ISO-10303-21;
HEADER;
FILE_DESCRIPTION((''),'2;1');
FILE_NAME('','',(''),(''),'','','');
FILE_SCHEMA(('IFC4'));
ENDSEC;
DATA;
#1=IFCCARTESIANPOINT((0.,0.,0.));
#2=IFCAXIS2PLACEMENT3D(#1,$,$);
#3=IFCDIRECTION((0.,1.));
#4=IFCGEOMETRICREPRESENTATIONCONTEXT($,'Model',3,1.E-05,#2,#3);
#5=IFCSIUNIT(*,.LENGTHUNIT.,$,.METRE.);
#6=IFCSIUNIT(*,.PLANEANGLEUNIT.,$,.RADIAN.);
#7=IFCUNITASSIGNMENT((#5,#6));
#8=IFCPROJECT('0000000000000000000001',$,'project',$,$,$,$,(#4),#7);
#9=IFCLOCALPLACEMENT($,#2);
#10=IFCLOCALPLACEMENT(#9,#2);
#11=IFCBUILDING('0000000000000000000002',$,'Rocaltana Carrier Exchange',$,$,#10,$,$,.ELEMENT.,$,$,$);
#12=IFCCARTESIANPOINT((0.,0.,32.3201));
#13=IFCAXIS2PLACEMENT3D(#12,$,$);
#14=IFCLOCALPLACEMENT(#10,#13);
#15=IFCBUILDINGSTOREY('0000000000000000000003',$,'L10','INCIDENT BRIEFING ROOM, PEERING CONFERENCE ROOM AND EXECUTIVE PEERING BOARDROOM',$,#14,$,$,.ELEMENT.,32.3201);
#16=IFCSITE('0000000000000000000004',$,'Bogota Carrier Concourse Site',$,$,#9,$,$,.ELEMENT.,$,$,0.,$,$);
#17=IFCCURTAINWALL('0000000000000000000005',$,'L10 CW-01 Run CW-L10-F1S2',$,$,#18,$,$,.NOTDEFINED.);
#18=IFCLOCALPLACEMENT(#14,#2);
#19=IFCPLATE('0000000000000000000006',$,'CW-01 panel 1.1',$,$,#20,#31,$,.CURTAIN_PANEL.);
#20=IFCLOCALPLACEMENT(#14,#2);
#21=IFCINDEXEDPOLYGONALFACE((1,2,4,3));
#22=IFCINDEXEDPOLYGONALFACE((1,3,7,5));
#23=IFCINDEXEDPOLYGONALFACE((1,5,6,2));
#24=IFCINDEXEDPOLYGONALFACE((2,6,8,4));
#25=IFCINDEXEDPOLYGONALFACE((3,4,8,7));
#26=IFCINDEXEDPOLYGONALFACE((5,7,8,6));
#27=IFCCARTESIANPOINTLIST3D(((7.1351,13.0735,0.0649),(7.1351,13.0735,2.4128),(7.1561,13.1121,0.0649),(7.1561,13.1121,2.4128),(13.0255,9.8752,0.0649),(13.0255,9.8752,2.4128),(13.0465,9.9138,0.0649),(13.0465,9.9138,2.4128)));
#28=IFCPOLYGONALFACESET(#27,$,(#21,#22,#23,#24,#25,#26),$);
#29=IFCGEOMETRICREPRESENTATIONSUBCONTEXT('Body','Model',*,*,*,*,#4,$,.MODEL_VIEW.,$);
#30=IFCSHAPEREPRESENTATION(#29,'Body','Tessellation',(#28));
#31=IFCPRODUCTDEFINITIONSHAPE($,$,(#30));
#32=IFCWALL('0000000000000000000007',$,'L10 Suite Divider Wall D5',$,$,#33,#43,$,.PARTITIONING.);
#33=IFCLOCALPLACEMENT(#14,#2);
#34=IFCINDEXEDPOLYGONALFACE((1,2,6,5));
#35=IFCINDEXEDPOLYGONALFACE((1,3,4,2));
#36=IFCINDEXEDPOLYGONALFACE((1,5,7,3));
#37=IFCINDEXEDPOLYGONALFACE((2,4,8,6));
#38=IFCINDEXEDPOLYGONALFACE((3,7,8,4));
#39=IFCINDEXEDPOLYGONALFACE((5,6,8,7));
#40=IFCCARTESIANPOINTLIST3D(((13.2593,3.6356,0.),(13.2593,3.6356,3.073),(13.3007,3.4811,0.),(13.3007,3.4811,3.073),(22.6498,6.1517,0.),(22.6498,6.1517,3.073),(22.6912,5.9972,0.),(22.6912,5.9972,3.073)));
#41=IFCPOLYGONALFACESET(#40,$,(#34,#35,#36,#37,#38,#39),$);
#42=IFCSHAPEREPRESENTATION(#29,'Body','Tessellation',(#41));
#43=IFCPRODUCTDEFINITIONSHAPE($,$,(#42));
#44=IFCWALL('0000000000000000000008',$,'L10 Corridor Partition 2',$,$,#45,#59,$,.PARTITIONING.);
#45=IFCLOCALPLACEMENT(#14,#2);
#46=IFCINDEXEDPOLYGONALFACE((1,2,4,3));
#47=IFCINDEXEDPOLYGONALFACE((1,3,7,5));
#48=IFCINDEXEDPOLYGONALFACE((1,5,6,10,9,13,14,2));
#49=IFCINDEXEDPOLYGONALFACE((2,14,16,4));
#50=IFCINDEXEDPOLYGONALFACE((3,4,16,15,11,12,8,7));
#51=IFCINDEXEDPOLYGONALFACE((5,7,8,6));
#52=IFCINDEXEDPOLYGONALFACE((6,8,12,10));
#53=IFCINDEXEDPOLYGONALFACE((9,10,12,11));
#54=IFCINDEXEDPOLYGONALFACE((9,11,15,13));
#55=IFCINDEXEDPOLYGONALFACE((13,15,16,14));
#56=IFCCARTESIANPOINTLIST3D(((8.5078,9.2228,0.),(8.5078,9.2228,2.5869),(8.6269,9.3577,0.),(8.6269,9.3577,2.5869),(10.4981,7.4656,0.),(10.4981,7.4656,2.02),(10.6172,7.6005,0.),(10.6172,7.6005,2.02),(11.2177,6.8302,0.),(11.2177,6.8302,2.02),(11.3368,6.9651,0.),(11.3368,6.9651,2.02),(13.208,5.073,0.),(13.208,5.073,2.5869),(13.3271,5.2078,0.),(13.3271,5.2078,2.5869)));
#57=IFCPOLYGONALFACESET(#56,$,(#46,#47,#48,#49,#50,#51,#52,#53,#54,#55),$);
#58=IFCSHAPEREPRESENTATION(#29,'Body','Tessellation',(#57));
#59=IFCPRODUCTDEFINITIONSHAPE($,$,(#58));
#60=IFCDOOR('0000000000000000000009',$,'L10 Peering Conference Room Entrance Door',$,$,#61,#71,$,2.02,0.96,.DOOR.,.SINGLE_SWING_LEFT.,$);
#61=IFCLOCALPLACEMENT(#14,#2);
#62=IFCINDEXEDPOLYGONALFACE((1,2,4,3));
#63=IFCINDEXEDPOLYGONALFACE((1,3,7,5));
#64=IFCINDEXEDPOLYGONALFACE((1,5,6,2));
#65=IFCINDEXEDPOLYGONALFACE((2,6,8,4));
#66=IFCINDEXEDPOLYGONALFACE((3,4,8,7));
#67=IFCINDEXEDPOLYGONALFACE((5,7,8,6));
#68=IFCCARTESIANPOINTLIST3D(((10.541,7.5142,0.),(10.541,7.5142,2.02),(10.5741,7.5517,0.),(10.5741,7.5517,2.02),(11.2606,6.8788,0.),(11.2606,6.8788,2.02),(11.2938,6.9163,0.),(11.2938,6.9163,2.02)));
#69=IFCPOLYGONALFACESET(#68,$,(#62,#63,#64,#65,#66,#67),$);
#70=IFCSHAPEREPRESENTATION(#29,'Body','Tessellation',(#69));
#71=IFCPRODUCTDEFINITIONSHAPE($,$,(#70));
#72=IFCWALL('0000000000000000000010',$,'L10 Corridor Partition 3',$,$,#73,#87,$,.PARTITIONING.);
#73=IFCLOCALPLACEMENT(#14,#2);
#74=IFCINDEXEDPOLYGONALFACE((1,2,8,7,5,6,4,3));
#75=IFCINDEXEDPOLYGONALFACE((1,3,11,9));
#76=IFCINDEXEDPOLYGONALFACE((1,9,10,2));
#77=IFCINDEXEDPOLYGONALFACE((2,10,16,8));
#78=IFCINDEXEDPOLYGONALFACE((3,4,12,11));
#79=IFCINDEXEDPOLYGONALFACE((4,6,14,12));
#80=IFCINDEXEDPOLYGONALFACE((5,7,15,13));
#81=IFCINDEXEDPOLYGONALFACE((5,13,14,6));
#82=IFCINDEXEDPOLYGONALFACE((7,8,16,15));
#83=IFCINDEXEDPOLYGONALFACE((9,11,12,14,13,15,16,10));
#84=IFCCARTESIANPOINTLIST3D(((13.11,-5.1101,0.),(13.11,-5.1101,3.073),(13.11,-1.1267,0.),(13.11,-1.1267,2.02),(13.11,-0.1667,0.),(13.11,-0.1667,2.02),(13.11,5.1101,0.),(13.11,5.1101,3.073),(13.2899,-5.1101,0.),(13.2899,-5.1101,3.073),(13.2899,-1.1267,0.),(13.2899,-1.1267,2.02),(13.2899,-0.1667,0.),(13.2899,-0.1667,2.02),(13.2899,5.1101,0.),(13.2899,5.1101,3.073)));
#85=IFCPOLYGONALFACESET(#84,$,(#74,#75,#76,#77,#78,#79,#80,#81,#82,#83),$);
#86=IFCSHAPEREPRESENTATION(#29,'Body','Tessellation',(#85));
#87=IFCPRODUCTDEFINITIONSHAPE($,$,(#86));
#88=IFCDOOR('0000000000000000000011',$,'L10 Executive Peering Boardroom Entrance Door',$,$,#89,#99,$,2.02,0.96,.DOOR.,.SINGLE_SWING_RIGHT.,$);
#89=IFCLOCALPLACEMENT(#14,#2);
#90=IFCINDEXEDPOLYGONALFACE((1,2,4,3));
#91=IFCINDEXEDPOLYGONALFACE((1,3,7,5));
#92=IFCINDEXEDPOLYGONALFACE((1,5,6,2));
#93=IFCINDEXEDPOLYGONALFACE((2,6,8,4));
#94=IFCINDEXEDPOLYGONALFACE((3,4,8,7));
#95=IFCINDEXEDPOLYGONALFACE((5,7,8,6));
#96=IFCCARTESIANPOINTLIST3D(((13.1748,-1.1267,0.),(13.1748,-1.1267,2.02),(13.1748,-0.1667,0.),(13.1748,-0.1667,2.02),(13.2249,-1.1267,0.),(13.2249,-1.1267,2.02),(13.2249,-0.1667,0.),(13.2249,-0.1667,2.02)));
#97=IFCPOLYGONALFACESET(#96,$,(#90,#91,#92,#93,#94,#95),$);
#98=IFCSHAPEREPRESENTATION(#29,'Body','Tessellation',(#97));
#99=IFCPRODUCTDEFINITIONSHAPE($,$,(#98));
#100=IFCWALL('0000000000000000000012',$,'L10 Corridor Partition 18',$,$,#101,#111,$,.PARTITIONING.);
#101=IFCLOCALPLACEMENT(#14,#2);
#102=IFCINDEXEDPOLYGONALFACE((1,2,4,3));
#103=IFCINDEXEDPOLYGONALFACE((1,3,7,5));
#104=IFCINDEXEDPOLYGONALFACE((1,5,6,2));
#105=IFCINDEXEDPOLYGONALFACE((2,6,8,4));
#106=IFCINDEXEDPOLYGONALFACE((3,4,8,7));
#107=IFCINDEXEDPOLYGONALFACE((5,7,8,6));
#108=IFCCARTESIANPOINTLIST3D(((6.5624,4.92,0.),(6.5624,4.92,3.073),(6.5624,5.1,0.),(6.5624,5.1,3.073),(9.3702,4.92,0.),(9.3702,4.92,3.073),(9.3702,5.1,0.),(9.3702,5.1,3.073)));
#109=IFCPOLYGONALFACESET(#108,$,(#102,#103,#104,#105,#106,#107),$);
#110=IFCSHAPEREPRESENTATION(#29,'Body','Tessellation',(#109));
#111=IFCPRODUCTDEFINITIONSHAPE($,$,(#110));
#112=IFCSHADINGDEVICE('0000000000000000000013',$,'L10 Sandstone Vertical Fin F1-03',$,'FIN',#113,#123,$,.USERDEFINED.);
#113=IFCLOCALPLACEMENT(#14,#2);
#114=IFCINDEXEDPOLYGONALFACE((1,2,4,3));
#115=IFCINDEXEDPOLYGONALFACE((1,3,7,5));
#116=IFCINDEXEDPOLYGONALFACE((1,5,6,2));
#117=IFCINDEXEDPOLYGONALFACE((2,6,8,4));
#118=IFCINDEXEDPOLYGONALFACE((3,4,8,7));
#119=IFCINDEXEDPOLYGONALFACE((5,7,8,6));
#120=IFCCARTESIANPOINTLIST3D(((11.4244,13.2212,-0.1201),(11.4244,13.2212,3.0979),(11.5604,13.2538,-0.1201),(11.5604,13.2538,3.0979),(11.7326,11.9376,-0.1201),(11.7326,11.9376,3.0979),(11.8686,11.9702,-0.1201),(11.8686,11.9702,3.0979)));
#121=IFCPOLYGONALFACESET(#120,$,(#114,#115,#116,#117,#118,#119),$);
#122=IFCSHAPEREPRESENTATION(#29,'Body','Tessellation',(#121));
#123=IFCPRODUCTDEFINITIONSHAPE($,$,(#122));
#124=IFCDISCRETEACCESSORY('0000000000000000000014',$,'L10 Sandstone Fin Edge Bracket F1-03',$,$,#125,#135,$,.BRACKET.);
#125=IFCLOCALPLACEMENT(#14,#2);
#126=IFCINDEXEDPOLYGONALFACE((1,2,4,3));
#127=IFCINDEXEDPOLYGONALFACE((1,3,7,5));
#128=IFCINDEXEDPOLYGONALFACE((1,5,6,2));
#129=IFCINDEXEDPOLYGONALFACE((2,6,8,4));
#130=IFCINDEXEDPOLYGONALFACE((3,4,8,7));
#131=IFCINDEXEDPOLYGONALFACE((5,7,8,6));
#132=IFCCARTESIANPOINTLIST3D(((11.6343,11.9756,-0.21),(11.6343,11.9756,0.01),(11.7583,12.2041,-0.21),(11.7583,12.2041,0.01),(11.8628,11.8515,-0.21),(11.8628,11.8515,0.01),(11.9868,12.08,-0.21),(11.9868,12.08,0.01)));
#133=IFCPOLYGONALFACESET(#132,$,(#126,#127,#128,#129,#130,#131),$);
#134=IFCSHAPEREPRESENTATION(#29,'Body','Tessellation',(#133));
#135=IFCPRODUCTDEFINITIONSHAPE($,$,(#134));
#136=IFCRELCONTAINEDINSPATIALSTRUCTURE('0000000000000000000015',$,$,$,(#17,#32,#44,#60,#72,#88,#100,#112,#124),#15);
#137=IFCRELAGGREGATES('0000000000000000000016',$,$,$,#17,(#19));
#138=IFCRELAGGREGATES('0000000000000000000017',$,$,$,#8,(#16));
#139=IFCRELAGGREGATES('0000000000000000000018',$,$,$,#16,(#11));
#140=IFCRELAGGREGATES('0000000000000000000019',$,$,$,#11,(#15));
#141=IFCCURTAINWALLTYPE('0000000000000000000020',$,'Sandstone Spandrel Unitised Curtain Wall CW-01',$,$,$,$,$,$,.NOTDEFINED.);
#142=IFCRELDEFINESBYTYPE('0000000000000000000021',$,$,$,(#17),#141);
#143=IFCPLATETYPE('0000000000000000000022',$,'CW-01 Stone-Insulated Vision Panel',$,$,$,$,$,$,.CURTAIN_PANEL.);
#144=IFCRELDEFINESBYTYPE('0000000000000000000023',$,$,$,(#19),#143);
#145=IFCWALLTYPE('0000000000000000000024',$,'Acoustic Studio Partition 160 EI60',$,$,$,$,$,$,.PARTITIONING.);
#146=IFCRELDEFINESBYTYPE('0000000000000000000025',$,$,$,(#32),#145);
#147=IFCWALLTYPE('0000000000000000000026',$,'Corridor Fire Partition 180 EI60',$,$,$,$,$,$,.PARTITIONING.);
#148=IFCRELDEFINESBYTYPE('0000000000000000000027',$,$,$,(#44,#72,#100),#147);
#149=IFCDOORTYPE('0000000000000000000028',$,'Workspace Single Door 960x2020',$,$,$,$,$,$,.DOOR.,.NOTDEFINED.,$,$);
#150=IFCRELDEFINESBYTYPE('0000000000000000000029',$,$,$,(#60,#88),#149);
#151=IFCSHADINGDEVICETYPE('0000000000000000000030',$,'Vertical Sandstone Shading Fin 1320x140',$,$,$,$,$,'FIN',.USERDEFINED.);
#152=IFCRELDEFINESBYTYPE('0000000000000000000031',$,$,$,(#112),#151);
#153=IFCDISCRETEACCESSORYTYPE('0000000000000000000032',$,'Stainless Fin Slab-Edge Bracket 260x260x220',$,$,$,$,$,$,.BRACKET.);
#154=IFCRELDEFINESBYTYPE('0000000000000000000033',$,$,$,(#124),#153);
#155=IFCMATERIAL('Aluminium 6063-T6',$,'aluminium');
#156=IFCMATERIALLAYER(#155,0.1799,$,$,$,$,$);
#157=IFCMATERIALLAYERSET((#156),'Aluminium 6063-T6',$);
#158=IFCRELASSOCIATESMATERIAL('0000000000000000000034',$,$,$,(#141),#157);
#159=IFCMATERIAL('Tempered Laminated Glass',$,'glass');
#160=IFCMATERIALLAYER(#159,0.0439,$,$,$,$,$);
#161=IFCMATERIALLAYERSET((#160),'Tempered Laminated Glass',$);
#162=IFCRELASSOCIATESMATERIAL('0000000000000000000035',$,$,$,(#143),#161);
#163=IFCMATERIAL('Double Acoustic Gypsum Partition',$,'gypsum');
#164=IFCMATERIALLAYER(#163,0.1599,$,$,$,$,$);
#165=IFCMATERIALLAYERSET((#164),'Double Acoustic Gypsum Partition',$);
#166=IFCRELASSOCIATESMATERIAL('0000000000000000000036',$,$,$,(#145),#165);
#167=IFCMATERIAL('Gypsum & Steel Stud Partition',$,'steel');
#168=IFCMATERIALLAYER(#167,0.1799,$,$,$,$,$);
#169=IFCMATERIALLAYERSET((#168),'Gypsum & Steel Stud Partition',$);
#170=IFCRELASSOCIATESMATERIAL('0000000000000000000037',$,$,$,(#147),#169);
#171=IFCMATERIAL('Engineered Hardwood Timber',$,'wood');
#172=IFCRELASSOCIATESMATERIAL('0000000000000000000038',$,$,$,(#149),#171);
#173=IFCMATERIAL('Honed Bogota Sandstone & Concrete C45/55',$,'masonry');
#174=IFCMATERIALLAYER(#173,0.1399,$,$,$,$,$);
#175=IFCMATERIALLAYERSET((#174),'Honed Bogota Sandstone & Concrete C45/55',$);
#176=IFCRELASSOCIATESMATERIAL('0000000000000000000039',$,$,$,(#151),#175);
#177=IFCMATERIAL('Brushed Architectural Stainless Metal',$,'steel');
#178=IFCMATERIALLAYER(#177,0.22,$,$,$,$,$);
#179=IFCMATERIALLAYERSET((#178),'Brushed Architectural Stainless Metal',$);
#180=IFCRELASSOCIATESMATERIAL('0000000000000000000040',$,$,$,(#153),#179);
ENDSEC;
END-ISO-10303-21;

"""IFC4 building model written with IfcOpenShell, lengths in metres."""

from ifc_helpers import new_model, si_unit, direction, frame, frame_2d, origin, origin_2d, place, context, subcontext, project, spatial, rectangle, extrude, material, layer, layer_set, type_object, element, fill, aggregate, save


model = new_model("IFC4")

# Units and contexts
model_context = context("Model", 3, precision=1e-05, world=origin(), true_north=direction((0.0, 1.0)))
body_context = subcontext(model_context, "Body", "Model", "MODEL_VIEW")
ifc_project = project(units=[si_unit("LENGTHUNIT", "METRE"), si_unit("PLANEANGLEUNIT", "RADIAN")], contexts=[model_context])

# Site, building, storey
site_placement = place(None, origin())
site = spatial("IfcSite", under=ifc_project, at=site_placement, Name="Bogota Carrier Concourse Site", CompositionType="ELEMENT", RefElevation=0.0)
building_placement = place(site_placement, origin())
building = spatial("IfcBuilding", under=site, at=building_placement, Name="Rocaltana Carrier Exchange", CompositionType="ELEMENT")
storey_placement = place(building_placement, frame((0.0, 0.0, 32.3201)))
storey = spatial("IfcBuildingStorey", under=building, at=storey_placement, Name="L10", Description="INCIDENT BRIEFING ROOM, PEERING CONFERENCE ROOM AND EXECUTIVE PEERING BOARDROOM", CompositionType="ELEMENT", Elevation=32.3201)

# Curtain wall
ifc_material_1 = material(Name="Aluminium 6063-T6", Category="aluminium")
ifc_layer_1 = layer(ifc_material_1, 0.1799)
ifc_layer_set_1 = layer_set([ifc_layer_1], Name="Aluminium 6063-T6")
curtain_wall_type = type_object("IfcCurtainWallType", Name="Sandstone Spandrel Unitised Curtain Wall CW-01", PredefinedType="NOTDEFINED", material=ifc_layer_set_1)
curtain_wall_placement = place(storey_placement, origin())
curtain_wall = element("IfcCurtainWall", 1, at=curtain_wall_placement, inside=storey, type_object=curtain_wall_type, Name="L10 CW-01 Run CW-L10-F1S2", PredefinedType="NOTDEFINED")

# Plate
ifc_material_2 = material(Name="Tempered Laminated Glass", Category="glass")
ifc_layer_2 = layer(ifc_material_2, 0.0439)
ifc_layer_set_2 = layer_set([ifc_layer_2], Name="Tempered Laminated Glass")
plate_type = type_object("IfcPlateType", Name="CW-01 Stone-Insulated Vision Panel", PredefinedType="CURTAIN_PANEL", material=ifc_layer_set_2)
plate_placement = place(storey_placement, frame((10.0908, 11.4937, 0.0649), z_axis=(0.0, 0.0, 1.0), x_axis=(-0.878814, 0.477164, 0.0)))
plate = element("IfcPlate", 2, at=plate_placement, type_object=plate_type, Name="CW-01 panel 1.1", PredefinedType="CURTAIN_PANEL", context=body_context, shape_type="SweptSolid", body=[
    extrude(rectangle(XDim=6.7026, YDim=0.0439, at=origin_2d()), origin(), (0.0, 0.0, 1.0), 2.3479),
])
aggregate(curtain_wall, [plate])

# Wall
ifc_material_3 = material(Name="Double Acoustic Gypsum Partition", Category="gypsum")
ifc_layer_3 = layer(ifc_material_3, 0.1599)
ifc_layer_set_3 = layer_set([ifc_layer_3], Name="Double Acoustic Gypsum Partition")
wall_type_1 = type_object("IfcWallType", Name="Acoustic Studio Partition 160 EI60", PredefinedType="PARTITIONING", material=ifc_layer_set_3)
wall_1_placement = place(storey_placement, frame((13.28, 3.5583, 0.0), z_axis=(0.0, 0.0, 1.0), x_axis=(0.965927, 0.258816, 0.0)))
element("IfcWall", 3, at=wall_1_placement, inside=storey, type_object=wall_type_1, Name="L10 Suite Divider Wall D5", PredefinedType="PARTITIONING", context=body_context, shape_type="SweptSolid", body=[
    extrude(rectangle(XDim=9.7217, YDim=0.1599, at=frame_2d((4.8608, 0.0))), origin(), (0.0, 0.0, 1.0), 3.073),
])

# Walls, openings, doors
ifc_material_4 = material(Name="Gypsum & Steel Stud Partition", Category="steel")
ifc_layer_4 = layer(ifc_material_4, 0.1799)
ifc_layer_set_4 = layer_set([ifc_layer_4], Name="Gypsum & Steel Stud Partition")
wall_type_2 = type_object("IfcWallType", Name="Corridor Fire Partition 180 EI60", PredefinedType="PARTITIONING", material=ifc_layer_set_4)
wall_2_placement = place(storey_placement, frame((8.5674, 9.2903, 0.0), z_axis=(0.0, 0.0, 1.0), x_axis=(0.749626, -0.661861, 0.0)))
wall_2 = element("IfcWall", 4, at=wall_2_placement, inside=storey, type_object=wall_type_2, Name="L10 Corridor Partition 2", PredefinedType="PARTITIONING", context=body_context, shape_type="SweptSolid", body=[
    extrude(rectangle(XDim=6.27, YDim=0.1799, at=frame_2d((3.135, 0.0))), origin(), (0.0, 0.0, 1.0), 2.5869),
])
opening_1_placement = place(wall_2_placement, frame((2.655, 0.0, 0.0)))
opening_1 = element("IfcOpeningElement", 5, at=opening_1_placement, cuts=wall_2, PredefinedType="OPENING", context=body_context, shape_type="SweptSolid", body=[
    extrude(rectangle(XDim=0.96, YDim=2.02, at=frame_2d((0.48, 1.01))), frame((0.0, 0.0999, 0.0), z_axis=(0.0, -1.0, 0.0), x_axis=(1.0, 0.0, 0.0)), (0.0, 0.0, 1.0), 0.2),
])
ifc_material_5 = material(Name="Engineered Hardwood Timber", Category="wood")
door_type = type_object("IfcDoorType", Name="Workspace Single Door 960x2020", OperationType="NOTDEFINED", PredefinedType="DOOR", material=ifc_material_5)
door_1_placement = place(opening_1_placement, origin())
door_1 = element("IfcDoor", 6, at=door_1_placement, inside=storey, type_object=door_type, Name="L10 Peering Conference Room Entrance Door", OperationType="SINGLE_SWING_LEFT", OverallHeight=2.02, OverallWidth=0.96, PredefinedType="DOOR", context=body_context, shape_type="SweptSolid", body=[
    extrude(rectangle(XDim=0.96, YDim=2.02, at=frame_2d((0.48, 1.01))), frame((0.0, 0.0249, 0.0), z_axis=(0.0, -1.0, 0.0), x_axis=(1.0, 0.0, 0.0)), (0.0, 0.0, 1.0), 0.05),
])
fill(opening_1, door_1)
wall_3_placement = place(storey_placement, frame((13.2, 5.1101, 0.0), z_axis=(0.0, 0.0, 1.0), x_axis=(0.0, -1.0, 0.0)))
wall_3 = element("IfcWall", 7, at=wall_3_placement, inside=storey, type_object=wall_type_2, Name="L10 Corridor Partition 3", PredefinedType="PARTITIONING", context=body_context, shape_type="SweptSolid", body=[
    extrude(rectangle(XDim=10.2202, YDim=0.1799, at=frame_2d((5.1101, 0.0))), origin(), (0.0, 0.0, 1.0), 3.073),
])
opening_2_placement = place(wall_3_placement, frame((5.2769, 0.0, 0.0)))
opening_2 = element("IfcOpeningElement", 8, at=opening_2_placement, cuts=wall_3, PredefinedType="OPENING", context=body_context, shape_type="SweptSolid", body=[
    extrude(rectangle(XDim=0.96, YDim=2.02, at=frame_2d((0.48, 1.01))), frame((0.0, 0.0999, 0.0), z_axis=(0.0, -1.0, 0.0), x_axis=(1.0, 0.0, 0.0)), (0.0, 0.0, 1.0), 0.2),
])
door_2_placement = place(opening_2_placement, origin())
door_2 = element("IfcDoor", 9, at=door_2_placement, inside=storey, type_object=door_type, Name="L10 Executive Peering Boardroom Entrance Door", OperationType="SINGLE_SWING_RIGHT", OverallHeight=2.02, OverallWidth=0.96, PredefinedType="DOOR", context=body_context, shape_type="SweptSolid", body=[
    extrude(rectangle(XDim=0.96, YDim=2.02, at=frame_2d((0.48, 1.01))), frame((0.0, 0.0249, 0.0), z_axis=(0.0, -1.0, 0.0), x_axis=(1.0, 0.0, 0.0)), (0.0, 0.0, 1.0), 0.05),
])
fill(opening_2, door_2)

# Wall
wall_4_placement = place(storey_placement, frame((9.3701, 5.01, 0.0), z_axis=(0.0, 0.0, 1.0), x_axis=(-1.0, 0.0, 0.0)))
element("IfcWall", 10, at=wall_4_placement, inside=storey, type_object=wall_type_2, Name="L10 Corridor Partition 18", PredefinedType="PARTITIONING", context=body_context, shape_type="SweptSolid", body=[
    extrude(rectangle(XDim=2.8079, YDim=0.1799, at=frame_2d((1.4038, 0.0))), origin(), (0.0, 0.0, 1.0), 3.073),
])

# Shading device
ifc_material_6 = material(Name="Honed Bogota Sandstone & Concrete C45/55", Category="masonry")
ifc_layer_5 = layer(ifc_material_6, 0.1399)
ifc_layer_set_5 = layer_set([ifc_layer_5], Name="Honed Bogota Sandstone & Concrete C45/55")
shading_device_type = type_object("IfcShadingDeviceType", Name="Vertical Sandstone Shading Fin 1320x140", ElementType="FIN", PredefinedType="USERDEFINED", material=ifc_layer_set_5)
shading_device_placement = place(storey_placement, frame((11.6465, 12.5957, -0.1201), z_axis=(0.0, 0.0, 1.0), x_axis=(-0.233445, 0.97237, 0.0)))
element("IfcShadingDevice", 11, at=shading_device_placement, inside=storey, type_object=shading_device_type, Name="L10 Sandstone Vertical Fin F1-03", ObjectType="FIN", PredefinedType="USERDEFINED", context=body_context, shape_type="SweptSolid", body=[
    extrude(rectangle(XDim=1.3201, YDim=0.1399, at=origin_2d()), origin(), (0.0, 0.0, 1.0), 3.218),
])

# Discrete accessory
ifc_material_7 = material(Name="Brushed Architectural Stainless Metal", Category="steel")
ifc_layer_6 = layer(ifc_material_7, 0.22)
ifc_layer_set_6 = layer_set([ifc_layer_6], Name="Brushed Architectural Stainless Metal")
discrete_accessory_type = type_object("IfcDiscreteAccessoryType", Name="Stainless Fin Slab-Edge Bracket 260x260x220", PredefinedType="BRACKET", material=ifc_layer_set_6)
discrete_accessory_placement = place(storey_placement, frame((11.8105, 12.0278, -0.21), z_axis=(0.0, 0.0, 1.0), x_axis=(-0.878817, 0.477159, 0.0)))
element("IfcDiscreteAccessory", 12, at=discrete_accessory_placement, inside=storey, type_object=discrete_accessory_type, Name="L10 Sandstone Fin Edge Bracket F1-03", PredefinedType="BRACKET", context=body_context, shape_type="SweptSolid", body=[
    extrude(rectangle(XDim=0.26, YDim=0.26, at=origin_2d()), origin(), (0.0, 0.0, 1.0), 0.22),
])

save(model, "model.ifc")
